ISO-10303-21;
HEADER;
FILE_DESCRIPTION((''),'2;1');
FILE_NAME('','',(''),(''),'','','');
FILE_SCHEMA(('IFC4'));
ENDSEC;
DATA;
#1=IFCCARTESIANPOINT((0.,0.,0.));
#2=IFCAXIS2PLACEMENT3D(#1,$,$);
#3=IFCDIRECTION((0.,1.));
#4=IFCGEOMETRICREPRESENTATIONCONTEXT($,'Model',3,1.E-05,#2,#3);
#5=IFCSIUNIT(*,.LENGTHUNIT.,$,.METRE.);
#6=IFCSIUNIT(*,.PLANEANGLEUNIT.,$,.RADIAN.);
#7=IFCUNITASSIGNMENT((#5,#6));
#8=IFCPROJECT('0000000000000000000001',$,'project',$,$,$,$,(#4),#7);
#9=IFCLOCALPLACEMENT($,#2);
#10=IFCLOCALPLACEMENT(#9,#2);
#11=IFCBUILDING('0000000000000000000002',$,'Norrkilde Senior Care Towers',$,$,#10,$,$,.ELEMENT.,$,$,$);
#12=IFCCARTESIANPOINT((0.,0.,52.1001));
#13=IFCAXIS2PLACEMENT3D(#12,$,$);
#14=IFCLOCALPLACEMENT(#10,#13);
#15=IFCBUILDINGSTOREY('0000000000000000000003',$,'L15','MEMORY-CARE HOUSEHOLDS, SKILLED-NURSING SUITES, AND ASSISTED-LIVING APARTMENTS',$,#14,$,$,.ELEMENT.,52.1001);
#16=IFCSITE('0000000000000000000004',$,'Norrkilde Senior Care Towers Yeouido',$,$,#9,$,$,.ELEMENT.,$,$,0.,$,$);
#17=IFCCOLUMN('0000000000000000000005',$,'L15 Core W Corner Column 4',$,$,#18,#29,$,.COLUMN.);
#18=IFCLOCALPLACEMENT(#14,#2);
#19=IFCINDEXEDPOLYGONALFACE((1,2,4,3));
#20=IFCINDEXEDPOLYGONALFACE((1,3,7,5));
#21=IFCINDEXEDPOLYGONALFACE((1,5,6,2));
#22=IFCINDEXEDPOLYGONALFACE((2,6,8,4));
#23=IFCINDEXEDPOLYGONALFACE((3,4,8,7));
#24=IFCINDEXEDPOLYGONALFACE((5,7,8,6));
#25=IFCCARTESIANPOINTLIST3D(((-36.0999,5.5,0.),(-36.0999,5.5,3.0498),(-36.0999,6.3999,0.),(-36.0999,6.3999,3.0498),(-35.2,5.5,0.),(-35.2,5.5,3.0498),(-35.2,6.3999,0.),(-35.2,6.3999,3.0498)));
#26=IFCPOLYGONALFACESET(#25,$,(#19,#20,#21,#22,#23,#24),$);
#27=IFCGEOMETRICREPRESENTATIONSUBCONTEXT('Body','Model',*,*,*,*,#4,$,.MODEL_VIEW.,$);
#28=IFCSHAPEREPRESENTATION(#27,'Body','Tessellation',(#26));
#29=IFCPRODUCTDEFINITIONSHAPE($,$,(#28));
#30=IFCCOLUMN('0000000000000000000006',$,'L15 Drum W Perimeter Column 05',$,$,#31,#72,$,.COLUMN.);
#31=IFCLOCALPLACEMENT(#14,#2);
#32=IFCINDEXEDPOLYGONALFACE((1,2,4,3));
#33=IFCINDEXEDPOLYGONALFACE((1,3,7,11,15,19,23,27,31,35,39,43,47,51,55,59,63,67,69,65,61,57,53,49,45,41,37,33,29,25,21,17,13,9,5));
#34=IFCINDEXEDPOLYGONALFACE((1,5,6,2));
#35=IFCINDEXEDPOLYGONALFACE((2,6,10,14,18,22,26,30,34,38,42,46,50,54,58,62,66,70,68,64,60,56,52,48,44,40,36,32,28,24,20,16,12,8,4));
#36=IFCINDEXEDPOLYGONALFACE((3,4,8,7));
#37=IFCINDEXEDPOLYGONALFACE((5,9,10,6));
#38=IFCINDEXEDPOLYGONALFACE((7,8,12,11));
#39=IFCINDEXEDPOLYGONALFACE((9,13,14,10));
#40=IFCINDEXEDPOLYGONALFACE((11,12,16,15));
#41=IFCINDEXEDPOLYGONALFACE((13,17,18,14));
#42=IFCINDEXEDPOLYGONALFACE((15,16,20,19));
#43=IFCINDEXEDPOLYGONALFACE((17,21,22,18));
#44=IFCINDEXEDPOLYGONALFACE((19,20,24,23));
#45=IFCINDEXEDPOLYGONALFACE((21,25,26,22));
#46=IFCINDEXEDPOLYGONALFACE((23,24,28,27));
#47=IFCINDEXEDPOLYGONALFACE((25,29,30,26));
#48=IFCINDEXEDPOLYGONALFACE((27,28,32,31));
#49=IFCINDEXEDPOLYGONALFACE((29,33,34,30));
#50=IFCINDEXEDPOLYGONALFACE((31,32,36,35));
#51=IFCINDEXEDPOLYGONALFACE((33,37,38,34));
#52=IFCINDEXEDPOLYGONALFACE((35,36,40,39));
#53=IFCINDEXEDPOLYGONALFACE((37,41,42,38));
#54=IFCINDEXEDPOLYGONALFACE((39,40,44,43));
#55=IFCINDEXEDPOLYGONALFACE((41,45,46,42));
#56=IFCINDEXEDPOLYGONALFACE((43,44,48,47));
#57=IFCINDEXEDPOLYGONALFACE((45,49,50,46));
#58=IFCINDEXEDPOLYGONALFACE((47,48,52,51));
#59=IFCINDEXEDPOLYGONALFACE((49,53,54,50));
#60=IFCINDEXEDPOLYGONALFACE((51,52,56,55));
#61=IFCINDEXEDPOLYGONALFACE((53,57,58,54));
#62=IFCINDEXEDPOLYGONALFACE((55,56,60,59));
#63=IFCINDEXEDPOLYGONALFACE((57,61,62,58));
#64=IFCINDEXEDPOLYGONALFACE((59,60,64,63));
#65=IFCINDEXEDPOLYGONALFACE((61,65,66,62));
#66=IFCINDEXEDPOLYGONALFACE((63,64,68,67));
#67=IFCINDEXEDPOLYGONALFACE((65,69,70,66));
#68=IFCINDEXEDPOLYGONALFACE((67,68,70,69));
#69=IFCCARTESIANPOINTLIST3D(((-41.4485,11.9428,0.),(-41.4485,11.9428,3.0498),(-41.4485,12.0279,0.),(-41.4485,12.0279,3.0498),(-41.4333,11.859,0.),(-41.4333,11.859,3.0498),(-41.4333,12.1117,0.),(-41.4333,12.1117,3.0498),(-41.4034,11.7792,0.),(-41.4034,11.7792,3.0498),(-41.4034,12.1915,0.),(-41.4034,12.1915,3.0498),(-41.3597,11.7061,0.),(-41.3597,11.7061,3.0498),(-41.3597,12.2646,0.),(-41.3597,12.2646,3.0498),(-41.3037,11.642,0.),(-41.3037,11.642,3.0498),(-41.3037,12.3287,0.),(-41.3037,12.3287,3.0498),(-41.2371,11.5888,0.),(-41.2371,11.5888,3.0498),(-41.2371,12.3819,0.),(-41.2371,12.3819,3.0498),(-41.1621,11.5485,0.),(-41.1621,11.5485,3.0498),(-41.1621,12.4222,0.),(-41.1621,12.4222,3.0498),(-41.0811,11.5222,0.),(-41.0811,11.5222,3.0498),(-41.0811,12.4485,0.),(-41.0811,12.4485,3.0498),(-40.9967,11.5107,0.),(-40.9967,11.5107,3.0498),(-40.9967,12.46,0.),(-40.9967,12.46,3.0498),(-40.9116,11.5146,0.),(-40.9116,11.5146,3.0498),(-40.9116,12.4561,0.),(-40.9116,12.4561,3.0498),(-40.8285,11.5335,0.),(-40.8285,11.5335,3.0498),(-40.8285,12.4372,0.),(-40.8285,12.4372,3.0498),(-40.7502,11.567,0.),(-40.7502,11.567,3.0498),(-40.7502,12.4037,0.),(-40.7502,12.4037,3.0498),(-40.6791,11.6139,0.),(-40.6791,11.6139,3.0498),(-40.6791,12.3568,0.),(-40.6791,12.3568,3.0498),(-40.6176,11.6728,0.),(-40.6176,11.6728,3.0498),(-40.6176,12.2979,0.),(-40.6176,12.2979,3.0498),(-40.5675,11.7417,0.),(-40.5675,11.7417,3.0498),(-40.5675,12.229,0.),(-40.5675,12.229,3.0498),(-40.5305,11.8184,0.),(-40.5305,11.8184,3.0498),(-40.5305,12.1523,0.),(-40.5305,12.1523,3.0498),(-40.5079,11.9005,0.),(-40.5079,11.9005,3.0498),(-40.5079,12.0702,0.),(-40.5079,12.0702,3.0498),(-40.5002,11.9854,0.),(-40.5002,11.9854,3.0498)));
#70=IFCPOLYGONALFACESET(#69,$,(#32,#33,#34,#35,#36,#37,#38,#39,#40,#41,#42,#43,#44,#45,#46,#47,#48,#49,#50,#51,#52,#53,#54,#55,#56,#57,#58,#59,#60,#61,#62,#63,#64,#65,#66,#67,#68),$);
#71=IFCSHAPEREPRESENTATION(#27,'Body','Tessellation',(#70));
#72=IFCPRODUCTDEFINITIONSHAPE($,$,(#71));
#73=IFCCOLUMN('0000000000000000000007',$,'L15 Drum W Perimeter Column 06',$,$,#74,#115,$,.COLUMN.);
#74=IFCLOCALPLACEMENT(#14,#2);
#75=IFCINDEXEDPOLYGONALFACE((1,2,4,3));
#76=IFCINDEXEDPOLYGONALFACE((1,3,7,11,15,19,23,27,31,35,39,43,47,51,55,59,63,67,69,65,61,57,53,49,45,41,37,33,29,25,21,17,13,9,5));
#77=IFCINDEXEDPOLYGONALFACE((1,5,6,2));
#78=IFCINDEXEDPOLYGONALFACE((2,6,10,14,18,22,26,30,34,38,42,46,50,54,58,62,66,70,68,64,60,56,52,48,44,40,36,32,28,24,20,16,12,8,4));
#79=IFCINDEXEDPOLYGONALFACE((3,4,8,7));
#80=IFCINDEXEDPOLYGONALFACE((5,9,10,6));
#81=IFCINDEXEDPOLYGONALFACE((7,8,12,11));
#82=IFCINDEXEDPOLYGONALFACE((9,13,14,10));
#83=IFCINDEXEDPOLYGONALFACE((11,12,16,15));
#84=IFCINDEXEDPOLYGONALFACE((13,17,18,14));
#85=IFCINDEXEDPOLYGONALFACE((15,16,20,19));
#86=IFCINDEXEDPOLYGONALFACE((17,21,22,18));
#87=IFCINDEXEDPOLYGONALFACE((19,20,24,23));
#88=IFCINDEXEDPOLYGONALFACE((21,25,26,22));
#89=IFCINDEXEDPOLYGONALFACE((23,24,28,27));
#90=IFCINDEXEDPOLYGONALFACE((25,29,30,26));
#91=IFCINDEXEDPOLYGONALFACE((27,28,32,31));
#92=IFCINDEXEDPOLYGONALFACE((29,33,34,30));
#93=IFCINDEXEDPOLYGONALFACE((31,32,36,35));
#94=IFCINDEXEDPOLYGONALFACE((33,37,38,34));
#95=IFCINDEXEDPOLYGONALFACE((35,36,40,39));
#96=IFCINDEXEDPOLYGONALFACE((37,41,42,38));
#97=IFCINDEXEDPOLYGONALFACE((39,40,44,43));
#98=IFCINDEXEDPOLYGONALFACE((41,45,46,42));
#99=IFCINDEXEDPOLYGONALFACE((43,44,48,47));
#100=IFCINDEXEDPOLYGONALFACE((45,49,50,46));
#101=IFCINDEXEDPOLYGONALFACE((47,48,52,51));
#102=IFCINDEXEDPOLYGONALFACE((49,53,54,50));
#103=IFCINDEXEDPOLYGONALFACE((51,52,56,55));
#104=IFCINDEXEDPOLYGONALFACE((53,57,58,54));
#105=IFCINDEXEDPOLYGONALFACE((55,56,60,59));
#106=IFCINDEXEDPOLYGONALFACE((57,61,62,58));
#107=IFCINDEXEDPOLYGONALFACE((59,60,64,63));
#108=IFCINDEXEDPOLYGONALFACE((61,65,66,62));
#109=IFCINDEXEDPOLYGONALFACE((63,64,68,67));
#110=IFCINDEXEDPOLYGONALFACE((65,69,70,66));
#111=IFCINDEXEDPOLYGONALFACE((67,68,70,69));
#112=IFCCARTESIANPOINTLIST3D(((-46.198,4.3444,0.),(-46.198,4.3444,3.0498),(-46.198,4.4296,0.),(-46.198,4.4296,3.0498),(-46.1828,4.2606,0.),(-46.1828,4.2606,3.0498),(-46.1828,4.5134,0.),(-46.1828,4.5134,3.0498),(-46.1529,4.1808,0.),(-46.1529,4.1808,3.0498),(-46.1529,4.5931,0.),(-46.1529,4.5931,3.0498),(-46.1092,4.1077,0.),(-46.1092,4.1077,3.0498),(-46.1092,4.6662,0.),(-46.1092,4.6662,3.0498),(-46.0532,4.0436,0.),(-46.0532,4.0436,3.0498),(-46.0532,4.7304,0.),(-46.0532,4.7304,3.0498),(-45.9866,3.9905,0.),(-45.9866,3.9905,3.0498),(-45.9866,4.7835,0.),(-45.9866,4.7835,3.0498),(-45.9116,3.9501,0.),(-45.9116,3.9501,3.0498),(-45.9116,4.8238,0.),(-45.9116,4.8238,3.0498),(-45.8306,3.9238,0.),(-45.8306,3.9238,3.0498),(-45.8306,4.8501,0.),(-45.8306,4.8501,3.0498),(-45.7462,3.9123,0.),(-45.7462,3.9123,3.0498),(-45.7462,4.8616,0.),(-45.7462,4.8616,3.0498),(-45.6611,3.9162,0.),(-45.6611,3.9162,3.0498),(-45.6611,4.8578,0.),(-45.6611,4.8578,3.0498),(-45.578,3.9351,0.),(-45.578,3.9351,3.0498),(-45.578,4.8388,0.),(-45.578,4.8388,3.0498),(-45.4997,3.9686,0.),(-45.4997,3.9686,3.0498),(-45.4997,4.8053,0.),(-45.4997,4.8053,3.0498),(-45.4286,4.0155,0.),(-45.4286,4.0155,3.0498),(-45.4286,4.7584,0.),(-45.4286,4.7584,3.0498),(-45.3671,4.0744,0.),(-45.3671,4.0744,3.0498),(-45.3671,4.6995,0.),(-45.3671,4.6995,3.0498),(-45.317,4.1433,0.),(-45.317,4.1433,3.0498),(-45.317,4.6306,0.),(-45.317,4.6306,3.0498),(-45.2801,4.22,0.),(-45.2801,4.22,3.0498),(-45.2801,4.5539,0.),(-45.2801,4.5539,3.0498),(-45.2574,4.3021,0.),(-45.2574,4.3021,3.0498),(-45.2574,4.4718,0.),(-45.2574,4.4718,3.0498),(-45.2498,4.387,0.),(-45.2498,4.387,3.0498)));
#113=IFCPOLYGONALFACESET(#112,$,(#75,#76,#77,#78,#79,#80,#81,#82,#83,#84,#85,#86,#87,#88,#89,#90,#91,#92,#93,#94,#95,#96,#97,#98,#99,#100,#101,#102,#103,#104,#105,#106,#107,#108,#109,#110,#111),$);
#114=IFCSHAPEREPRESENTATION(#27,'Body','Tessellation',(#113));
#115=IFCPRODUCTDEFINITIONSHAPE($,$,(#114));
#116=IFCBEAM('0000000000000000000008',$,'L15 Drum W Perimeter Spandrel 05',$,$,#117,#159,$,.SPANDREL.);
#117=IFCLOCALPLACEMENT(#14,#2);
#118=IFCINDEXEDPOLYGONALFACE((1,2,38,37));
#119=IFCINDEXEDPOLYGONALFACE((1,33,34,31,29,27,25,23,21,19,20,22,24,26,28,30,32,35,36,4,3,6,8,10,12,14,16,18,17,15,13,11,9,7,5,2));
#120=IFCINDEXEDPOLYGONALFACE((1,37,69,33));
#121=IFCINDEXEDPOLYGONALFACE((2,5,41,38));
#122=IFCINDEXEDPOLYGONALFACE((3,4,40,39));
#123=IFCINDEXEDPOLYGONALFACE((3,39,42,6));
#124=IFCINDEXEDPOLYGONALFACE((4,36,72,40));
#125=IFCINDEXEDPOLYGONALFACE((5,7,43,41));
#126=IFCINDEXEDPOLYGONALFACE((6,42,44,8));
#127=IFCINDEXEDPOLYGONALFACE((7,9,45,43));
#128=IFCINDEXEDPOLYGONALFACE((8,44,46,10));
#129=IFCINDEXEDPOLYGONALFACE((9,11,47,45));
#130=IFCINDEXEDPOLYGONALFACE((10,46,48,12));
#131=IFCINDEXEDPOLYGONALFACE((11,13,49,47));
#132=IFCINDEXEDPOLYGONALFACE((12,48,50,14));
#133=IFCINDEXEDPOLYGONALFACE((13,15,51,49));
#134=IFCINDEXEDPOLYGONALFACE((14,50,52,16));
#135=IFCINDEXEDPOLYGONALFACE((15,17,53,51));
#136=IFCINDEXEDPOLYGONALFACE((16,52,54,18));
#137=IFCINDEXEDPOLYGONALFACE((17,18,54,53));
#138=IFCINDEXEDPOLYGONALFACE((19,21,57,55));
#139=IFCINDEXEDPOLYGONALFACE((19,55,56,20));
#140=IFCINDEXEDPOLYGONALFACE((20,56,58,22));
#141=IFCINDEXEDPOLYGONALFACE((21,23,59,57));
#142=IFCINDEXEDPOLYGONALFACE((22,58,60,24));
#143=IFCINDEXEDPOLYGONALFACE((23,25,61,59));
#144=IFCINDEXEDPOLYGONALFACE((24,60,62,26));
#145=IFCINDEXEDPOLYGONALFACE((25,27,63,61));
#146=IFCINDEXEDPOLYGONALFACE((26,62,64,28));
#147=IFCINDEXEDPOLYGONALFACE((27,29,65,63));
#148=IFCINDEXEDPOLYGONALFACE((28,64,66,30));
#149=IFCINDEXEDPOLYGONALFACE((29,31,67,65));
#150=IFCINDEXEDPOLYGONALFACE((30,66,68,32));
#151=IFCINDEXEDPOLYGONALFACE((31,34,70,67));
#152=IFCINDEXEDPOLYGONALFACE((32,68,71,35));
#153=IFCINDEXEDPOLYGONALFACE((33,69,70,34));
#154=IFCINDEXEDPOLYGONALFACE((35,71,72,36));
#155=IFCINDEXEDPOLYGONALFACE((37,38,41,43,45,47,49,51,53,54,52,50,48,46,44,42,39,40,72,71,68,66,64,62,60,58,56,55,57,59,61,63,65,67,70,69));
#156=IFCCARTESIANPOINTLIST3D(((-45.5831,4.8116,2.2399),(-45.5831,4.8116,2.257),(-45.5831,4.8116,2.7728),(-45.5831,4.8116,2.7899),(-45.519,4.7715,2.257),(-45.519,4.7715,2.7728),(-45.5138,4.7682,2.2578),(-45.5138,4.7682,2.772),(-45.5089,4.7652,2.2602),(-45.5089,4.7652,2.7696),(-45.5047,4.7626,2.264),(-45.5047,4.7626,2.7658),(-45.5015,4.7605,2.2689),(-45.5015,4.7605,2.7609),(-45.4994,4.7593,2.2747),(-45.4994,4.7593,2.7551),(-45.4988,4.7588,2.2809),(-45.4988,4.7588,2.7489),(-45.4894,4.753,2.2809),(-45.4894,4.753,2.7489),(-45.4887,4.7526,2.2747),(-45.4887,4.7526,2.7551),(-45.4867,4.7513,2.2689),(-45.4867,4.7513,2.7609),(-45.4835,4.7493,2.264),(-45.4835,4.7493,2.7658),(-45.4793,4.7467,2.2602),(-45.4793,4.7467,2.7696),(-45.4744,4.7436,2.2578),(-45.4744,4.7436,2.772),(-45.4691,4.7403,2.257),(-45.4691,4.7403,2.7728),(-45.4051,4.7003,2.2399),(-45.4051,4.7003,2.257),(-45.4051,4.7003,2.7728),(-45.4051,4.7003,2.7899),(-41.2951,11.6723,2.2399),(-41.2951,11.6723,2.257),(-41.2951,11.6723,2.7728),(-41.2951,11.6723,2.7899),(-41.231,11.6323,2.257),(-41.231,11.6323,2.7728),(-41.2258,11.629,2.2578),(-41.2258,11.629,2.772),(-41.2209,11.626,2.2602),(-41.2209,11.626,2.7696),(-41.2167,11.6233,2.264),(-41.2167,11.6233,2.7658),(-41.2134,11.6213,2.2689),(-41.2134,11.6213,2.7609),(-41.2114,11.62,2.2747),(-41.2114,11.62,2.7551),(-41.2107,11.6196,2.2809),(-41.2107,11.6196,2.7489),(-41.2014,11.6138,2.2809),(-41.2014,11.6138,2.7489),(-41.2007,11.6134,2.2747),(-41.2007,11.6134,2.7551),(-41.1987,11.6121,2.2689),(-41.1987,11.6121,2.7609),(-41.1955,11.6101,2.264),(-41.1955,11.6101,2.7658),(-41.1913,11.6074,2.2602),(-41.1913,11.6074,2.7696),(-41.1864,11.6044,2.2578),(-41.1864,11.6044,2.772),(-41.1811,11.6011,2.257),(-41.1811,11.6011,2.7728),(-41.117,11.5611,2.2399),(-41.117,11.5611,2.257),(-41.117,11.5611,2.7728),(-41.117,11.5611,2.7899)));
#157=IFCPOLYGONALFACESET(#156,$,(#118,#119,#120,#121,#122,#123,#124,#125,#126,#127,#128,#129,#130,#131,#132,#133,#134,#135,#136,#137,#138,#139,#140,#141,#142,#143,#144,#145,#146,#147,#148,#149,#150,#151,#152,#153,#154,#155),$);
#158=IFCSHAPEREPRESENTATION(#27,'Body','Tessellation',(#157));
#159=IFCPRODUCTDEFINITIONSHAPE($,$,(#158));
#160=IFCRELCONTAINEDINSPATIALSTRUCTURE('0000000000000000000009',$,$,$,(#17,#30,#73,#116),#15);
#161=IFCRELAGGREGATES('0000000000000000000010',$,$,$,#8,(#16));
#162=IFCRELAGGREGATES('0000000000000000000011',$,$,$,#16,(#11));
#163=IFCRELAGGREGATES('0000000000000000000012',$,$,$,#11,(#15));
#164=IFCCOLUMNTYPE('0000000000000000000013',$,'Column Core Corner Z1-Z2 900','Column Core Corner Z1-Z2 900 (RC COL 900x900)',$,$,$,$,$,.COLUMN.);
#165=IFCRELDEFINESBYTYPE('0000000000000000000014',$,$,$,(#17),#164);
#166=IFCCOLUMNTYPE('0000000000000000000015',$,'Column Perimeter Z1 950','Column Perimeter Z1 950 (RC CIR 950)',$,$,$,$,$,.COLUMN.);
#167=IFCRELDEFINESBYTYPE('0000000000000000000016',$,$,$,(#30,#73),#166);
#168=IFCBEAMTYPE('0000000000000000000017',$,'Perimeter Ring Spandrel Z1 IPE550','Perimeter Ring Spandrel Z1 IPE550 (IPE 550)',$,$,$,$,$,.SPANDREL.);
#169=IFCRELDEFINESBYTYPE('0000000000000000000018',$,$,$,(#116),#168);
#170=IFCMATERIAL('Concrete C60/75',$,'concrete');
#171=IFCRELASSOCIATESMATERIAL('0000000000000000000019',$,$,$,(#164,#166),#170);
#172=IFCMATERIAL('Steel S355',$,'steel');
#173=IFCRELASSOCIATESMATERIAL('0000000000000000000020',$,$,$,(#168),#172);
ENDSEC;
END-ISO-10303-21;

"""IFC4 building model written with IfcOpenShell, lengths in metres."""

from ifc_helpers import new_model, si_unit, direction, frame, origin, origin_2d, place, context, subcontext, project, spatial, rectangle, circle, i_section, extrude, source, transform, mapped, material, material_profile, profile_set, type_object, type_shapes, element, save


model = new_model("IFC4")

# Units and contexts
model_context = context("Model", 3, precision=1e-05, world=origin(), true_north=direction((0.0, 1.0)))
body_context = subcontext(model_context, "Body", "Model", "MODEL_VIEW")
ifc_project = project(units=[si_unit("LENGTHUNIT", "METRE"), si_unit("PLANEANGLEUNIT", "RADIAN")], contexts=[model_context])

# Site, building, storey
site_placement = place(None, origin())
site = spatial("IfcSite", under=ifc_project, at=site_placement, Name="Norrkilde Senior Care Towers Yeouido", CompositionType="ELEMENT", RefElevation=0.0)
building_placement = place(site_placement, origin())
building = spatial("IfcBuilding", under=site, at=building_placement, Name="Norrkilde Senior Care Towers", CompositionType="ELEMENT")
storey_placement = place(building_placement, frame((0.0, 0.0, 52.1001)))
storey = spatial("IfcBuildingStorey", under=building, at=storey_placement, Name="L15", Description="MEMORY-CARE HOUSEHOLDS, SKILLED-NURSING SUITES, AND ASSISTED-LIVING APARTMENTS", CompositionType="ELEMENT", Elevation=52.1001)

# Columns
ifc_material_1 = material(Name="Concrete C60/75", Category="concrete")
ifc_material_profile_1 = material_profile(ifc_material_1, rectangle(XDim=0.8999, YDim=0.8999, at=origin_2d()), Name="RC COL 900x900")
ifc_profile_set_1 = profile_set([ifc_material_profile_1], Name="Concrete C60/75")
column_type_1 = type_object("IfcColumnType", Name="Column Core Corner Z1-Z2 900", Description="Column Core Corner Z1-Z2 900 (RC COL 900x900)", PredefinedType="COLUMN", material=ifc_profile_set_1)
shared_shape_1 = source(origin(), body_context, "Body", "SweptSolid", [
    extrude(rectangle(XDim=0.8999, YDim=0.8999, at=origin_2d()), origin(), (0.0, 0.0, 1.0), 3.0498),
])
type_shapes(column_type_1, [shared_shape_1])
column_placement = place(storey_placement, frame((-35.6499, 5.95, 0.0), z_axis=(0.0, 0.0, 1.0), x_axis=(1.0, 0.0, 0.0)))
element("IfcColumn", 1, at=column_placement, inside=storey, type_object=column_type_1, Name="L15 Core W Corner Column 4", PredefinedType="COLUMN", context=body_context, shape_type="MappedRepresentation", body=[
    mapped(shared_shape_1, transform((0.0, 0.0, 0.0), x_axis=(1.0, 0.0, 0.0), y_axis=(0.0, 1.0, 0.0), z_axis=(0.0, 0.0, 1.0), scale=1.0)),
])
ifc_material_profile_2 = material_profile(ifc_material_1, circle(Radius=0.4751, at=origin_2d()), Name="RC CIR 950")
ifc_profile_set_2 = profile_set([ifc_material_profile_2], Name="Concrete C60/75")
column_type_2 = type_object("IfcColumnType", Name="Column Perimeter Z1 950", Description="Column Perimeter Z1 950 (RC CIR 950)", PredefinedType="COLUMN", material=ifc_profile_set_2)
shared_shape_2 = source(origin(), body_context, "Body", "SweptSolid", [
    extrude(circle(Radius=0.4751, at=origin_2d()), origin(), (0.0, 0.0, 1.0), 3.0498),
])
type_shapes(column_type_2, [shared_shape_2])
for number, where, z_axis, x_axis, name in (
    (2, (-40.9753, 11.9854, 0.0), (0.0, 0.0, 1.0), (1.0, 0.0, 0.0), "L15 Drum W Perimeter Column 05"),
    (3, (-45.7249, 4.387, 0.0), (0.0, 0.0, 1.0), (1.0, 0.0, 0.0), "L15 Drum W Perimeter Column 06"),
):
    element("IfcColumn", number, at=place(storey_placement, frame(where, z_axis=z_axis, x_axis=x_axis)), inside=storey, type_object=column_type_2, Name=name, PredefinedType="COLUMN", context=body_context, shape_type="MappedRepresentation", body=[
        mapped(shared_shape_2, transform((0.0, 0.0, 0.0), x_axis=(1.0, 0.0, 0.0), y_axis=(0.0, 1.0, 0.0), z_axis=(0.0, 0.0, 1.0), scale=1.0)),
    ])

# Beam
ifc_material_2 = material(Name="Steel S355", Category="steel")
ifc_material_profile_3 = material_profile(ifc_material_2, i_section(OverallWidth=0.21, OverallDepth=0.55, WebThickness=0.011, FlangeThickness=0.0171, FilletRadius=0.0239, at=origin_2d()), Name="IPE 550")
ifc_profile_set_3 = profile_set([ifc_material_profile_3], Name="Steel S355")
beam_type_1 = type_object("IfcBeamType", Name="Perimeter Ring Spandrel Z1 IPE550", Description="Perimeter Ring Spandrel Z1 IPE550 (IPE 550)", PredefinedType="SPANDREL", material=ifc_profile_set_3)
shared_shape_3 = source(origin(), body_context, "Body", "SweptSolid", [
    extrude(i_section(OverallWidth=0.21, OverallDepth=0.55, WebThickness=0.011, FlangeThickness=0.0171, FilletRadius=0.0239, at=origin_2d()), origin(), (0.0, 0.0, 1.0), 8.0906),
])
beam_1_placement = place(storey_placement, frame((-41.2061, 11.6167, 2.5149), z_axis=(-0.530004, -0.847995, 0.0), x_axis=(0.847995, -0.530004, 0.0)))
element("IfcBeam", 4, at=beam_1_placement, inside=storey, type_object=beam_type_1, Name="L15 Drum W Perimeter Spandrel 05", PredefinedType="SPANDREL", context=body_context, shape_type="MappedRepresentation", body=[
    mapped(shared_shape_3, transform((0.0, 0.0, 0.0), x_axis=(1.0, 0.0, 0.0), y_axis=(0.0, 1.0, 0.0), z_axis=(0.0, 0.0, 1.0), scale=1.0)),
])

save(model, "model.ifc")
